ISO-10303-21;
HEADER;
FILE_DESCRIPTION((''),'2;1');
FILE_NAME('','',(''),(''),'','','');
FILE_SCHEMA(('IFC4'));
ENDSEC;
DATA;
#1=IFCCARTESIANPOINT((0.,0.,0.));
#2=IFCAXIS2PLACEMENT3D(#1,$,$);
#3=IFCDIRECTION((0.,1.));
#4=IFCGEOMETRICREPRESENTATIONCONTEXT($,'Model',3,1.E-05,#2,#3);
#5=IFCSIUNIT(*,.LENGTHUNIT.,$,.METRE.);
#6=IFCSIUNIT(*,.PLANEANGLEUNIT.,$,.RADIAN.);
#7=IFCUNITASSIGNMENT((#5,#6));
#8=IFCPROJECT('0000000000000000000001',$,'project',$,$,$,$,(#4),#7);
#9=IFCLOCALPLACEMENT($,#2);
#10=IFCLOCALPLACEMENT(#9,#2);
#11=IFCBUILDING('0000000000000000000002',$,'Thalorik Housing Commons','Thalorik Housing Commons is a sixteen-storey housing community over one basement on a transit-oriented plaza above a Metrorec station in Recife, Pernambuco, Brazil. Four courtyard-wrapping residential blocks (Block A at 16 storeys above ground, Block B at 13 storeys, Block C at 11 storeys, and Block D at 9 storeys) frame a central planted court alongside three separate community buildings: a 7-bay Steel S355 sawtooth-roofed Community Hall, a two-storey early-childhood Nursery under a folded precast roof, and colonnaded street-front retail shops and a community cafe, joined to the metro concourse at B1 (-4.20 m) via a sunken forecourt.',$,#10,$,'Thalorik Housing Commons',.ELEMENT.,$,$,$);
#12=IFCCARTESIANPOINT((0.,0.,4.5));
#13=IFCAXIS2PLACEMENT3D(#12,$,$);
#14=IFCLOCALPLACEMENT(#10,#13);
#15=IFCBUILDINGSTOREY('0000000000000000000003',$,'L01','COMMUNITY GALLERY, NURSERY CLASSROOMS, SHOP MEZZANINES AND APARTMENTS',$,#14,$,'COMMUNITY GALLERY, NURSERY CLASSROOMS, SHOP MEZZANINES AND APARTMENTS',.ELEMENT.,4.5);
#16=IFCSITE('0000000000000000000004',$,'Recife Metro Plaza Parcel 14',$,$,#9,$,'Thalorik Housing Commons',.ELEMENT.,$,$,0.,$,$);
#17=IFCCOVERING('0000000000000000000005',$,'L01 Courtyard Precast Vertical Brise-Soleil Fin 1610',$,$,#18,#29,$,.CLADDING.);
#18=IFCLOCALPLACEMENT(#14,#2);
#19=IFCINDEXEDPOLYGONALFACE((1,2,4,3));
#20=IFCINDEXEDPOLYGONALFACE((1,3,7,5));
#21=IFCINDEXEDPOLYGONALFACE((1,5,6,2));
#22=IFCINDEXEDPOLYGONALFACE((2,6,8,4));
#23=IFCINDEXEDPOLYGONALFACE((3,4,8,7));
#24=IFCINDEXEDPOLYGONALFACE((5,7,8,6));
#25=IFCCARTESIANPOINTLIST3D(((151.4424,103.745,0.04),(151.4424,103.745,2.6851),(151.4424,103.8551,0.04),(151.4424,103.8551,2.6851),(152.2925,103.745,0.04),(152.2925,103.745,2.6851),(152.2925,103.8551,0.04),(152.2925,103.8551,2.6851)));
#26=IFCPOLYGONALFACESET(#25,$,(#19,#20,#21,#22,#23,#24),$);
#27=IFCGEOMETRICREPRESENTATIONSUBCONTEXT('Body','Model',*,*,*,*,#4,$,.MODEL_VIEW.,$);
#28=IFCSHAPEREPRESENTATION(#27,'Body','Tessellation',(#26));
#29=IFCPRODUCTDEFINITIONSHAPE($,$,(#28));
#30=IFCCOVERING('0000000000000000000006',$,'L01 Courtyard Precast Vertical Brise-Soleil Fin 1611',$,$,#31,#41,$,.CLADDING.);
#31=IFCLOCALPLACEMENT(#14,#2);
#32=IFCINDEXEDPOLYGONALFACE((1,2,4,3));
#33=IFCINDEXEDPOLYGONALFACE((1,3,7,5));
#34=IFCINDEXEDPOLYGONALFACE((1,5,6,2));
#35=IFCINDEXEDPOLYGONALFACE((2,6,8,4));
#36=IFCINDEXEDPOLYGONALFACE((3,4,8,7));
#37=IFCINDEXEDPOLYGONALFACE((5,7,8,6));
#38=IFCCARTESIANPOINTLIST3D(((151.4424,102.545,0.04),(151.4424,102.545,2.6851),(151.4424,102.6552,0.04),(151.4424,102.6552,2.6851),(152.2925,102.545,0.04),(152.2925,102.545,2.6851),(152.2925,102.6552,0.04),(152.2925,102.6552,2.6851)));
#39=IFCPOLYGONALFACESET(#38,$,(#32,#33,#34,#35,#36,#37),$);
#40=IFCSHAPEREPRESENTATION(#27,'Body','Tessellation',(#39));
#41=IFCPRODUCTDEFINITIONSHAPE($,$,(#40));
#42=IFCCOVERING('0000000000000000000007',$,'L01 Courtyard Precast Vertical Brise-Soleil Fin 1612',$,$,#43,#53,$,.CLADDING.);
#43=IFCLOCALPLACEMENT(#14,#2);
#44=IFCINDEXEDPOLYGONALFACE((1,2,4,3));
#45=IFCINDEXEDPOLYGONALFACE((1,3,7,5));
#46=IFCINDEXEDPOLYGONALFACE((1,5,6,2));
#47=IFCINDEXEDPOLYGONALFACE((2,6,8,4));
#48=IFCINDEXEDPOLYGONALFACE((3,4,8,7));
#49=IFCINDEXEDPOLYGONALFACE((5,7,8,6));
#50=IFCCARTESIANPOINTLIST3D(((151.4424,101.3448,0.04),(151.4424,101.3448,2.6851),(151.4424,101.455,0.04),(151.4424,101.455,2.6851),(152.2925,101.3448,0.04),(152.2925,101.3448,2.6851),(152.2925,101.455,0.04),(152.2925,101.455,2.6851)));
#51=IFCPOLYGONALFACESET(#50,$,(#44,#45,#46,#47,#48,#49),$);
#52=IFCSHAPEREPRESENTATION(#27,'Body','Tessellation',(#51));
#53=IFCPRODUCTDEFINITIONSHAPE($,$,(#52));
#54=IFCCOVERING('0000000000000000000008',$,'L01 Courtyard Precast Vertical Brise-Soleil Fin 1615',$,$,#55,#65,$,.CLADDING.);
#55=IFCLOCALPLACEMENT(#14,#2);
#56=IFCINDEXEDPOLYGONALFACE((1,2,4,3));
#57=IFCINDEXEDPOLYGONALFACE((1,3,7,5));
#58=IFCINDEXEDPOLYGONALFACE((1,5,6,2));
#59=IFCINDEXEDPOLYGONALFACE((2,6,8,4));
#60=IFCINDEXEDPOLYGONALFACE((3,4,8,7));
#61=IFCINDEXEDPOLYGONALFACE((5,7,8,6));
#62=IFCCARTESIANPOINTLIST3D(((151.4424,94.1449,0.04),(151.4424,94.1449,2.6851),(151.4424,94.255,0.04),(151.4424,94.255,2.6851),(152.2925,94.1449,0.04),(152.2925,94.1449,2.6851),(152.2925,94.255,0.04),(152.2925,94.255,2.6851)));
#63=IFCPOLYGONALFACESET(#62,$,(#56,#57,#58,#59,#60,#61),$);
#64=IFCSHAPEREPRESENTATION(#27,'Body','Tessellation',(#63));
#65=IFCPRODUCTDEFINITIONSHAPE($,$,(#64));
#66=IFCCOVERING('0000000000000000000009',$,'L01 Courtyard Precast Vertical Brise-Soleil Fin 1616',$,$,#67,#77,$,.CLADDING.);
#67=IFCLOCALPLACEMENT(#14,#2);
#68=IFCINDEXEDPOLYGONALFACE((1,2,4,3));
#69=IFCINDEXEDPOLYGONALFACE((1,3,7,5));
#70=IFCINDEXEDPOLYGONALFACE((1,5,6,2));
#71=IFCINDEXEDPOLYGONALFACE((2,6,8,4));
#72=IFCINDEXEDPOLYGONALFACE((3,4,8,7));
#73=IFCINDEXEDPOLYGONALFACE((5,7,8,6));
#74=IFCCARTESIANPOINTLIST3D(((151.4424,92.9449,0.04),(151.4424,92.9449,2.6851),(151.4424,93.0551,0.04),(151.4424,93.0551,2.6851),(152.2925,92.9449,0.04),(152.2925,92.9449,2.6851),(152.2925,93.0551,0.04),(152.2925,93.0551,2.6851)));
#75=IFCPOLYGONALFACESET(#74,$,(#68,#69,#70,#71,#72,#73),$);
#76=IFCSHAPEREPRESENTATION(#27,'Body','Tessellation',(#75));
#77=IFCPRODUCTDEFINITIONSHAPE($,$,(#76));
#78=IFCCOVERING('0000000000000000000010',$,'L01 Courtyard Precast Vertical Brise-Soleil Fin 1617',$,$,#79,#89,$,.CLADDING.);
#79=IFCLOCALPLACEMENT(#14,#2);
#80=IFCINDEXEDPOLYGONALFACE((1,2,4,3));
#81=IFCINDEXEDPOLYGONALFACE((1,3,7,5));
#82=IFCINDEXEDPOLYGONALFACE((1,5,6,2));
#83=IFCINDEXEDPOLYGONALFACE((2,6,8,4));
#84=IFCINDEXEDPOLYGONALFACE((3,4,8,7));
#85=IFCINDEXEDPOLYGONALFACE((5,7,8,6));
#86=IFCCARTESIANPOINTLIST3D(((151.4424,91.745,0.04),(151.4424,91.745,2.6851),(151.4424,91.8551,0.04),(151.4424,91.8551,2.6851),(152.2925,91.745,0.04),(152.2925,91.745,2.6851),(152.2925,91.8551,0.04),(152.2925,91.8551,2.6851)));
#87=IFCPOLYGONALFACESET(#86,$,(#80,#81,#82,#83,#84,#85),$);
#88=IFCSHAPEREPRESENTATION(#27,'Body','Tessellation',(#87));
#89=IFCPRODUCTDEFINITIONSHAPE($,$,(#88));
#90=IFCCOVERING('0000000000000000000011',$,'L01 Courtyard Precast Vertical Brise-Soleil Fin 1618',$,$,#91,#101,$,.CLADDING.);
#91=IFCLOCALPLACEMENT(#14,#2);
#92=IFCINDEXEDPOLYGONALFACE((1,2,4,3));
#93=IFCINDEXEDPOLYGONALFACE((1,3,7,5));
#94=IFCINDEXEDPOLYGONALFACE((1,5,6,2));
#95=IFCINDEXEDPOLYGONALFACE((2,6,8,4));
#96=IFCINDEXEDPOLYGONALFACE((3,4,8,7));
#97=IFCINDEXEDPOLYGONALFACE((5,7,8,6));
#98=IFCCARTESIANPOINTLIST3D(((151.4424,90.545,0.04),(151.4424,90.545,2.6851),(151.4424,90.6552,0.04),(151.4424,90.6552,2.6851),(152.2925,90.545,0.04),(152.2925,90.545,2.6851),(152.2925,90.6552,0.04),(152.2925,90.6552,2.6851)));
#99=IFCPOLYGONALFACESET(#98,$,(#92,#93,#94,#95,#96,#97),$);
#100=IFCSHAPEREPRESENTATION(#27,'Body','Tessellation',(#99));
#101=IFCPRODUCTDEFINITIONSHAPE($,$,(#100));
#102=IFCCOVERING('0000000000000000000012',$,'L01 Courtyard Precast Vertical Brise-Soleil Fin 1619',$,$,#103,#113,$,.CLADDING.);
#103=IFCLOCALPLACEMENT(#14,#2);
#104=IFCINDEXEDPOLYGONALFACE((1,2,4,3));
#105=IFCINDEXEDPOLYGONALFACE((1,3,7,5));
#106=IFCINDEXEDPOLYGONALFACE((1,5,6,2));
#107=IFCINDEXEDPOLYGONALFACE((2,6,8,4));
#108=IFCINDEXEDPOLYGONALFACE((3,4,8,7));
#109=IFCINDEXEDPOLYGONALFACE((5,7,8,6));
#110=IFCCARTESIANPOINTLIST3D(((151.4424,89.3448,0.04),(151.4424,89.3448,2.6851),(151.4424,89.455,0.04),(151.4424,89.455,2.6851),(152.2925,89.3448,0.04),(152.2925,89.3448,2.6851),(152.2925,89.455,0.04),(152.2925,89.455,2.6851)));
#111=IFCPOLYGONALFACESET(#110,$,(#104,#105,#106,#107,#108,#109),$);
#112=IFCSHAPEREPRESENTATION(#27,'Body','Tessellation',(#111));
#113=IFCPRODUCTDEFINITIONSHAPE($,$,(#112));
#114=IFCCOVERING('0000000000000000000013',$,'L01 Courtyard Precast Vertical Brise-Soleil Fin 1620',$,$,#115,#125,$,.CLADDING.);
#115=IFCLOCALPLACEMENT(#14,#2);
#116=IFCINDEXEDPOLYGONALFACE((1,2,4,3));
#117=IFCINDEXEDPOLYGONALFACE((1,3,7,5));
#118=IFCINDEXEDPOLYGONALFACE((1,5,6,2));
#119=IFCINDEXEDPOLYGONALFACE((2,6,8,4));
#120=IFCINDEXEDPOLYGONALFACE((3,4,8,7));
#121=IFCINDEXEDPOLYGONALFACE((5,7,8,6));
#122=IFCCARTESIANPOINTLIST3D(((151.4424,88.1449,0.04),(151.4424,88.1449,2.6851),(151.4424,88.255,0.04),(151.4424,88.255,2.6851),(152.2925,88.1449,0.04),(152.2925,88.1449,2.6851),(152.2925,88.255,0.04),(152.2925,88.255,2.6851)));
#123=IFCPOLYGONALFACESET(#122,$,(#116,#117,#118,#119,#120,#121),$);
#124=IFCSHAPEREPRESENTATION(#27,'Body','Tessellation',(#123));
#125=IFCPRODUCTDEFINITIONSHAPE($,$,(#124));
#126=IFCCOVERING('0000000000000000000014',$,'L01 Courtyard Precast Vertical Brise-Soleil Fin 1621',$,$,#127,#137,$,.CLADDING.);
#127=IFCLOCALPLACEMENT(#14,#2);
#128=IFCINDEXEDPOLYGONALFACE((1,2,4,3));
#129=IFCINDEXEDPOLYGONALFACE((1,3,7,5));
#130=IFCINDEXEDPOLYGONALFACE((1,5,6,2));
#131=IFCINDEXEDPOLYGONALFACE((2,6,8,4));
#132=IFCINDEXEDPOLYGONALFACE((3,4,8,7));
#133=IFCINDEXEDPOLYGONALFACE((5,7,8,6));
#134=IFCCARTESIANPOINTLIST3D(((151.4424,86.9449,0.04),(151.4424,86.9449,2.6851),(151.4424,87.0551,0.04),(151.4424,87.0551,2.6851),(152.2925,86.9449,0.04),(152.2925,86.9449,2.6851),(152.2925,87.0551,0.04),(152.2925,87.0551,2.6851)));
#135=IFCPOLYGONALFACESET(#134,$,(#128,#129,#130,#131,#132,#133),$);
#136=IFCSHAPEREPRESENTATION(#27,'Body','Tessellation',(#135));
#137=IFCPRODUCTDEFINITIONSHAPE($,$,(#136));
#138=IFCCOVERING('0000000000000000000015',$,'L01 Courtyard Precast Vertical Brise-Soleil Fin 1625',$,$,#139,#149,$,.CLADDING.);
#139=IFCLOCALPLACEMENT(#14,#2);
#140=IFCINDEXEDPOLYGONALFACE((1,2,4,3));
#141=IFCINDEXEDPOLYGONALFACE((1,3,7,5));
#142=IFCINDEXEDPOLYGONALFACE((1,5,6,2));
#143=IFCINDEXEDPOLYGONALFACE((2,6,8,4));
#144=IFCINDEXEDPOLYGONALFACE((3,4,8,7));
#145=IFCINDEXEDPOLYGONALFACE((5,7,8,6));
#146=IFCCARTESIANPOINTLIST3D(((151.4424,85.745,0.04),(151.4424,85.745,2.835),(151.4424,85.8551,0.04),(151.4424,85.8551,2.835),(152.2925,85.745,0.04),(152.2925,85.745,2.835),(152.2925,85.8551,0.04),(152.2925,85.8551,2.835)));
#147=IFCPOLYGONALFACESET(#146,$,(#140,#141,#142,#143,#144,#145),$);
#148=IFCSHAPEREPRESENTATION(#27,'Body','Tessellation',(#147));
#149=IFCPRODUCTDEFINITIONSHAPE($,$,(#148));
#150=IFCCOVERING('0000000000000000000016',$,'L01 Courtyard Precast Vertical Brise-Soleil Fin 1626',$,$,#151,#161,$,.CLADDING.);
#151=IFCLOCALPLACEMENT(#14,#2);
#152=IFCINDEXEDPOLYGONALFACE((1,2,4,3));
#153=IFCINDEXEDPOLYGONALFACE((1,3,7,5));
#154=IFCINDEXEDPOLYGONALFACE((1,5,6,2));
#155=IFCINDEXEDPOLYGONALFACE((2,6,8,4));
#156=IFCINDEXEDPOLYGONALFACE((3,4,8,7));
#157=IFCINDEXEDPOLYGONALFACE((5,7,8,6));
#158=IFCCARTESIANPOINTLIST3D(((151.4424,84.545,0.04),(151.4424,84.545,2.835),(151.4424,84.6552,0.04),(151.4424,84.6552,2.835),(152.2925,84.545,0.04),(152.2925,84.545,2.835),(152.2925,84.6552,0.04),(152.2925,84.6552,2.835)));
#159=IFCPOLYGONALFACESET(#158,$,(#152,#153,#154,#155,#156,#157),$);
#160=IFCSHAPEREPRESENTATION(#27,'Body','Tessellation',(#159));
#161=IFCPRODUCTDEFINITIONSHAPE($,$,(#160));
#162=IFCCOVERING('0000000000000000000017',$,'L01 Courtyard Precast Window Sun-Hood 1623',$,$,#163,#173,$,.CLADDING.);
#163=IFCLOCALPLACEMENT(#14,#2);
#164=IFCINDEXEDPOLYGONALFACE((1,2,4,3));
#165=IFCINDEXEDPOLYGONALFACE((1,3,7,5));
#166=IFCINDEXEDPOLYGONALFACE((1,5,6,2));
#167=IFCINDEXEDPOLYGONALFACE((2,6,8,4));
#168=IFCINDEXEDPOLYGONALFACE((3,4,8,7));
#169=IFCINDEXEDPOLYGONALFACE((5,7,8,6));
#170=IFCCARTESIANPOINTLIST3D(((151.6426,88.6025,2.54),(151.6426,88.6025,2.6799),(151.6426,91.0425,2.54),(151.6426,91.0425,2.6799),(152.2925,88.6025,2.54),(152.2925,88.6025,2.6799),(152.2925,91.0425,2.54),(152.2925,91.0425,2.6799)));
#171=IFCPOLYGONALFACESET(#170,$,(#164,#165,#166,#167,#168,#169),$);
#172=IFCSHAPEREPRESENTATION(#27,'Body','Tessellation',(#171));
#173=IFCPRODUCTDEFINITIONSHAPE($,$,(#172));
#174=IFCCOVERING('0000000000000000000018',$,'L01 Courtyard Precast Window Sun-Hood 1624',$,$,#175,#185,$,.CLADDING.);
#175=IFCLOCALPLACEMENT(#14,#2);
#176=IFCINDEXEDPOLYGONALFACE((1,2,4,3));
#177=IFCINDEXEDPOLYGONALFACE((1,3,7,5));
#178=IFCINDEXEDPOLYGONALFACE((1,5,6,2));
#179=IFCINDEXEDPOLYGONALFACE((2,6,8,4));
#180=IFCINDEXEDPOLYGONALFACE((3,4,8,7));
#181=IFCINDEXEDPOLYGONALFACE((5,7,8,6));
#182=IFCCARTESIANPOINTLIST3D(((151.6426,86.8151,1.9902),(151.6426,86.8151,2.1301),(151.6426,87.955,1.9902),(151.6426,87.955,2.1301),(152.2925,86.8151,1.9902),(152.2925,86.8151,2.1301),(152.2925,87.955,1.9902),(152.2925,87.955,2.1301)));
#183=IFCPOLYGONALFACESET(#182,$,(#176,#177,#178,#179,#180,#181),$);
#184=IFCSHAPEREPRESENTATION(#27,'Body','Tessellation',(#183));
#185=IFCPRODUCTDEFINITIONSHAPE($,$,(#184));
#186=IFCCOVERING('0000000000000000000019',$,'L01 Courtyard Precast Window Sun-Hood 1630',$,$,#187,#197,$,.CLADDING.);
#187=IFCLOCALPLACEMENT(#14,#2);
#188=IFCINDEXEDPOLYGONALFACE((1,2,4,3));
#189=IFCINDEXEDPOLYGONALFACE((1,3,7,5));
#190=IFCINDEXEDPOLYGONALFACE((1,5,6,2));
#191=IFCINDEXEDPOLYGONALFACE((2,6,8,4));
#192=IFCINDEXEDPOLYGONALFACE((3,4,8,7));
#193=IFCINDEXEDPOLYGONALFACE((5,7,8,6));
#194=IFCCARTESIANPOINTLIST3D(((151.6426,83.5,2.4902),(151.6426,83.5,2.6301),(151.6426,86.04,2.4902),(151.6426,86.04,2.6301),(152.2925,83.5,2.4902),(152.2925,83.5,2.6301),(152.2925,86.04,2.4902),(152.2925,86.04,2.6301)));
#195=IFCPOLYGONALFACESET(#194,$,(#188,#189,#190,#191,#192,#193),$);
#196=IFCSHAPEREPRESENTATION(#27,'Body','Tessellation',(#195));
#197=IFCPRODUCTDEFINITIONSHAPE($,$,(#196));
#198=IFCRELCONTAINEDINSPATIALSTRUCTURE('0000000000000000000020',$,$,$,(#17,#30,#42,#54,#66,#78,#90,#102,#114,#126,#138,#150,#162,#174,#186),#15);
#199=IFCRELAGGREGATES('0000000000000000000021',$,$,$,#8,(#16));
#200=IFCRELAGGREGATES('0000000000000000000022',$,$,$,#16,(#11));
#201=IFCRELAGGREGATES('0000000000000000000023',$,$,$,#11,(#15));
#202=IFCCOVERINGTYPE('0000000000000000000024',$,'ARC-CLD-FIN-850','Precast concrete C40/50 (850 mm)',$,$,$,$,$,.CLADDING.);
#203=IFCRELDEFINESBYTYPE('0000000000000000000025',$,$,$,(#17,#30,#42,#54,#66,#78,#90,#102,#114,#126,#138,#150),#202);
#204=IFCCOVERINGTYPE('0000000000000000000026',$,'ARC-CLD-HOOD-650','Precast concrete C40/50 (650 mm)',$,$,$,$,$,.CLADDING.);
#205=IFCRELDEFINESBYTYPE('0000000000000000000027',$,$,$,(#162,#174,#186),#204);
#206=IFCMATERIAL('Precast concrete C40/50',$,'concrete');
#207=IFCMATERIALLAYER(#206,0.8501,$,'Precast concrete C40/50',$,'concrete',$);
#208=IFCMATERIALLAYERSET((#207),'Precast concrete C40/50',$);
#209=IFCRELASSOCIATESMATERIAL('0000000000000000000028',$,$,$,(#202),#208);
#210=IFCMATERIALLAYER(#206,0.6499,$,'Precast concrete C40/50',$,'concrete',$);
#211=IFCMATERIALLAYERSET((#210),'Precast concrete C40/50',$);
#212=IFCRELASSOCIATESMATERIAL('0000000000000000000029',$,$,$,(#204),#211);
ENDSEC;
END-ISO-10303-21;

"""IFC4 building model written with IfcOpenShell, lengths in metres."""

from ifc_helpers import new_model, si_unit, direction, frame, origin, origin_2d, place, context, subcontext, project, spatial, rectangle, extrude, material, layer, layer_set, type_object, element, save


model = new_model("IFC4")

# Units and contexts
model_context = context("Model", 3, precision=1e-05, world=origin(), true_north=direction((0.0, 1.0)))
body_context = subcontext(model_context, "Body", "Model", "MODEL_VIEW")
ifc_project = project(units=[si_unit("LENGTHUNIT", "METRE"), si_unit("PLANEANGLEUNIT", "RADIAN")], contexts=[model_context])

# Site, building, storey
site_placement = place(None, origin())
site = spatial("IfcSite", under=ifc_project, at=site_placement, Name="Recife Metro Plaza Parcel 14", LongName="Thalorik Housing Commons", CompositionType="ELEMENT", RefElevation=0.0)
building_placement = place(site_placement, origin())
building = spatial("IfcBuilding", under=site, at=building_placement, Name="Thalorik Housing Commons", Description="Thalorik Housing Commons is a sixteen-storey housing community over one basement on a transit-oriented plaza above a Metrorec station in Recife, Pernambuco, Brazil. Four courtyard-wrapping residential blocks (Block A at 16 storeys above ground, Block B at 13 storeys, Block C at 11 storeys, and Block D at 9 storeys) frame a central planted court alongside three separate community buildings: a 7-bay Steel S355 sawtooth-roofed Community Hall, a two-storey early-childhood Nursery under a folded precast roof, and colonnaded street-front retail shops and a community cafe, joined to the metro concourse at B1 (-4.20 m) via a sunken forecourt.", LongName="Thalorik Housing Commons", CompositionType="ELEMENT")
storey_placement = place(building_placement, frame((0.0, 0.0, 4.5)))
storey = spatial("IfcBuildingStorey", under=building, at=storey_placement, Name="L01", Description="COMMUNITY GALLERY, NURSERY CLASSROOMS, SHOP MEZZANINES AND APARTMENTS", LongName="COMMUNITY GALLERY, NURSERY CLASSROOMS, SHOP MEZZANINES AND APARTMENTS", CompositionType="ELEMENT", Elevation=4.5)

# Coverings
ifc_material = material(Name="Precast concrete C40/50", Category="concrete")
ifc_layer_1 = layer(ifc_material, 0.8501, Name="Precast concrete C40/50", Category="concrete")
ifc_layer_set_1 = layer_set([ifc_layer_1], Name="Precast concrete C40/50")
covering_type_1 = type_object("IfcCoveringType", Name="ARC-CLD-FIN-850", Description="Precast concrete C40/50 (850 mm)", PredefinedType="CLADDING", material=ifc_layer_set_1)
for number, where, z_axis, x_axis, name in (
    (1, (151.8674, 103.8, 0.04), (0.0, 0.0, 1.0), (0.0, -1.0, 0.0), "L01 Courtyard Precast Vertical Brise-Soleil Fin 1610"),
    (2, (151.8674, 102.6001, 0.04), (0.0, 0.0, 1.0), (0.0, -1.0, 0.0), "L01 Courtyard Precast Vertical Brise-Soleil Fin 1611"),
    (3, (151.8674, 101.3999, 0.04), (0.0, 0.0, 1.0), (0.0, -1.0, 0.0), "L01 Courtyard Precast Vertical Brise-Soleil Fin 1612"),
    (4, (151.8674, 94.2, 0.04), (0.0, 0.0, 1.0), (0.0, -1.0, 0.0), "L01 Courtyard Precast Vertical Brise-Soleil Fin 1615"),
    (5, (151.8674, 93.0, 0.04), (0.0, 0.0, 1.0), (0.0, -1.0, 0.0), "L01 Courtyard Precast Vertical Brise-Soleil Fin 1616"),
    (6, (151.8674, 91.8, 0.04), (0.0, 0.0, 1.0), (0.0, -1.0, 0.0), "L01 Courtyard Precast Vertical Brise-Soleil Fin 1617"),
    (7, (151.8674, 90.6001, 0.04), (0.0, 0.0, 1.0), (0.0, -1.0, 0.0), "L01 Courtyard Precast Vertical Brise-Soleil Fin 1618"),
    (8, (151.8674, 89.3999, 0.04), (0.0, 0.0, 1.0), (0.0, -1.0, 0.0), "L01 Courtyard Precast Vertical Brise-Soleil Fin 1619"),
    (9, (151.8674, 88.2, 0.04), (0.0, 0.0, 1.0), (0.0, -1.0, 0.0), "L01 Courtyard Precast Vertical Brise-Soleil Fin 1620"),
    (10, (151.8674, 87.0, 0.04), (0.0, 0.0, 1.0), (0.0, -1.0, 0.0), "L01 Courtyard Precast Vertical Brise-Soleil Fin 1621"),
):
    element("IfcCovering", number, at=place(storey_placement, frame(where, z_axis=z_axis, x_axis=x_axis)), inside=storey, type_object=covering_type_1, Name=name, PredefinedType="CLADDING", context=body_context, shape_type="SweptSolid", body=[
        extrude(rectangle(XDim=0.1101, YDim=0.8501, at=origin_2d()), origin(), (0.0, 0.0, 1.0), 2.645),
    ])
for number, where, z_axis, x_axis, name in (
    (11, (151.8674, 85.8, 0.04), (0.0, 0.0, 1.0), (0.0, -1.0, 0.0), "L01 Courtyard Precast Vertical Brise-Soleil Fin 1625"),
    (12, (151.8674, 84.6001, 0.04), (0.0, 0.0, 1.0), (0.0, -1.0, 0.0), "L01 Courtyard Precast Vertical Brise-Soleil Fin 1626"),
):
    element("IfcCovering", number, at=place(storey_placement, frame(where, z_axis=z_axis, x_axis=x_axis)), inside=storey, type_object=covering_type_1, Name=name, PredefinedType="CLADDING", context=body_context, shape_type="SweptSolid", body=[
        extrude(rectangle(XDim=0.1101, YDim=0.8501, at=origin_2d()), origin(), (0.0, 0.0, 1.0), 2.7949),
    ])
ifc_layer_2 = layer(ifc_material, 0.6499, Name="Precast concrete C40/50", Category="concrete")
ifc_layer_set_2 = layer_set([ifc_layer_2], Name="Precast concrete C40/50")
covering_type_2 = type_object("IfcCoveringType", Name="ARC-CLD-HOOD-650", Description="Precast concrete C40/50 (650 mm)", PredefinedType="CLADDING", material=ifc_layer_set_2)
covering_1_placement = place(storey_placement, frame((151.9675, 89.8225, 2.54), z_axis=(0.0, 0.0, 1.0), x_axis=(0.0, -1.0, 0.0)))
element("IfcCovering", 13, at=covering_1_placement, inside=storey, type_object=covering_type_2, Name="L01 Courtyard Precast Window Sun-Hood 1623", PredefinedType="CLADDING", context=body_context, shape_type="SweptSolid", body=[
    extrude(rectangle(XDim=2.4399, YDim=0.6499, at=origin_2d()), origin(), (0.0, 0.0, 1.0), 0.1399),
])
covering_2_placement = place(storey_placement, frame((151.9675, 87.385, 1.9902), z_axis=(0.0, 0.0, 1.0), x_axis=(0.0, -1.0, 0.0)))
element("IfcCovering", 14, at=covering_2_placement, inside=storey, type_object=covering_type_2, Name="L01 Courtyard Precast Window Sun-Hood 1624", PredefinedType="CLADDING", context=body_context, shape_type="SweptSolid", body=[
    extrude(rectangle(XDim=1.1399, YDim=0.6499, at=origin_2d()), origin(), (0.0, 0.0, 1.0), 0.1399),
])
covering_3_placement = place(storey_placement, frame((151.9675, 84.77, 2.4902), z_axis=(0.0, 0.0, 1.0), x_axis=(0.0, -1.0, 0.0)))
element("IfcCovering", 15, at=covering_3_placement, inside=storey, type_object=covering_type_2, Name="L01 Courtyard Precast Window Sun-Hood 1630", PredefinedType="CLADDING", context=body_context, shape_type="SweptSolid", body=[
    extrude(rectangle(XDim=2.54, YDim=0.6499, at=origin_2d()), origin(), (0.0, 0.0, 1.0), 0.1399),
])

save(model, "model.ifc")
